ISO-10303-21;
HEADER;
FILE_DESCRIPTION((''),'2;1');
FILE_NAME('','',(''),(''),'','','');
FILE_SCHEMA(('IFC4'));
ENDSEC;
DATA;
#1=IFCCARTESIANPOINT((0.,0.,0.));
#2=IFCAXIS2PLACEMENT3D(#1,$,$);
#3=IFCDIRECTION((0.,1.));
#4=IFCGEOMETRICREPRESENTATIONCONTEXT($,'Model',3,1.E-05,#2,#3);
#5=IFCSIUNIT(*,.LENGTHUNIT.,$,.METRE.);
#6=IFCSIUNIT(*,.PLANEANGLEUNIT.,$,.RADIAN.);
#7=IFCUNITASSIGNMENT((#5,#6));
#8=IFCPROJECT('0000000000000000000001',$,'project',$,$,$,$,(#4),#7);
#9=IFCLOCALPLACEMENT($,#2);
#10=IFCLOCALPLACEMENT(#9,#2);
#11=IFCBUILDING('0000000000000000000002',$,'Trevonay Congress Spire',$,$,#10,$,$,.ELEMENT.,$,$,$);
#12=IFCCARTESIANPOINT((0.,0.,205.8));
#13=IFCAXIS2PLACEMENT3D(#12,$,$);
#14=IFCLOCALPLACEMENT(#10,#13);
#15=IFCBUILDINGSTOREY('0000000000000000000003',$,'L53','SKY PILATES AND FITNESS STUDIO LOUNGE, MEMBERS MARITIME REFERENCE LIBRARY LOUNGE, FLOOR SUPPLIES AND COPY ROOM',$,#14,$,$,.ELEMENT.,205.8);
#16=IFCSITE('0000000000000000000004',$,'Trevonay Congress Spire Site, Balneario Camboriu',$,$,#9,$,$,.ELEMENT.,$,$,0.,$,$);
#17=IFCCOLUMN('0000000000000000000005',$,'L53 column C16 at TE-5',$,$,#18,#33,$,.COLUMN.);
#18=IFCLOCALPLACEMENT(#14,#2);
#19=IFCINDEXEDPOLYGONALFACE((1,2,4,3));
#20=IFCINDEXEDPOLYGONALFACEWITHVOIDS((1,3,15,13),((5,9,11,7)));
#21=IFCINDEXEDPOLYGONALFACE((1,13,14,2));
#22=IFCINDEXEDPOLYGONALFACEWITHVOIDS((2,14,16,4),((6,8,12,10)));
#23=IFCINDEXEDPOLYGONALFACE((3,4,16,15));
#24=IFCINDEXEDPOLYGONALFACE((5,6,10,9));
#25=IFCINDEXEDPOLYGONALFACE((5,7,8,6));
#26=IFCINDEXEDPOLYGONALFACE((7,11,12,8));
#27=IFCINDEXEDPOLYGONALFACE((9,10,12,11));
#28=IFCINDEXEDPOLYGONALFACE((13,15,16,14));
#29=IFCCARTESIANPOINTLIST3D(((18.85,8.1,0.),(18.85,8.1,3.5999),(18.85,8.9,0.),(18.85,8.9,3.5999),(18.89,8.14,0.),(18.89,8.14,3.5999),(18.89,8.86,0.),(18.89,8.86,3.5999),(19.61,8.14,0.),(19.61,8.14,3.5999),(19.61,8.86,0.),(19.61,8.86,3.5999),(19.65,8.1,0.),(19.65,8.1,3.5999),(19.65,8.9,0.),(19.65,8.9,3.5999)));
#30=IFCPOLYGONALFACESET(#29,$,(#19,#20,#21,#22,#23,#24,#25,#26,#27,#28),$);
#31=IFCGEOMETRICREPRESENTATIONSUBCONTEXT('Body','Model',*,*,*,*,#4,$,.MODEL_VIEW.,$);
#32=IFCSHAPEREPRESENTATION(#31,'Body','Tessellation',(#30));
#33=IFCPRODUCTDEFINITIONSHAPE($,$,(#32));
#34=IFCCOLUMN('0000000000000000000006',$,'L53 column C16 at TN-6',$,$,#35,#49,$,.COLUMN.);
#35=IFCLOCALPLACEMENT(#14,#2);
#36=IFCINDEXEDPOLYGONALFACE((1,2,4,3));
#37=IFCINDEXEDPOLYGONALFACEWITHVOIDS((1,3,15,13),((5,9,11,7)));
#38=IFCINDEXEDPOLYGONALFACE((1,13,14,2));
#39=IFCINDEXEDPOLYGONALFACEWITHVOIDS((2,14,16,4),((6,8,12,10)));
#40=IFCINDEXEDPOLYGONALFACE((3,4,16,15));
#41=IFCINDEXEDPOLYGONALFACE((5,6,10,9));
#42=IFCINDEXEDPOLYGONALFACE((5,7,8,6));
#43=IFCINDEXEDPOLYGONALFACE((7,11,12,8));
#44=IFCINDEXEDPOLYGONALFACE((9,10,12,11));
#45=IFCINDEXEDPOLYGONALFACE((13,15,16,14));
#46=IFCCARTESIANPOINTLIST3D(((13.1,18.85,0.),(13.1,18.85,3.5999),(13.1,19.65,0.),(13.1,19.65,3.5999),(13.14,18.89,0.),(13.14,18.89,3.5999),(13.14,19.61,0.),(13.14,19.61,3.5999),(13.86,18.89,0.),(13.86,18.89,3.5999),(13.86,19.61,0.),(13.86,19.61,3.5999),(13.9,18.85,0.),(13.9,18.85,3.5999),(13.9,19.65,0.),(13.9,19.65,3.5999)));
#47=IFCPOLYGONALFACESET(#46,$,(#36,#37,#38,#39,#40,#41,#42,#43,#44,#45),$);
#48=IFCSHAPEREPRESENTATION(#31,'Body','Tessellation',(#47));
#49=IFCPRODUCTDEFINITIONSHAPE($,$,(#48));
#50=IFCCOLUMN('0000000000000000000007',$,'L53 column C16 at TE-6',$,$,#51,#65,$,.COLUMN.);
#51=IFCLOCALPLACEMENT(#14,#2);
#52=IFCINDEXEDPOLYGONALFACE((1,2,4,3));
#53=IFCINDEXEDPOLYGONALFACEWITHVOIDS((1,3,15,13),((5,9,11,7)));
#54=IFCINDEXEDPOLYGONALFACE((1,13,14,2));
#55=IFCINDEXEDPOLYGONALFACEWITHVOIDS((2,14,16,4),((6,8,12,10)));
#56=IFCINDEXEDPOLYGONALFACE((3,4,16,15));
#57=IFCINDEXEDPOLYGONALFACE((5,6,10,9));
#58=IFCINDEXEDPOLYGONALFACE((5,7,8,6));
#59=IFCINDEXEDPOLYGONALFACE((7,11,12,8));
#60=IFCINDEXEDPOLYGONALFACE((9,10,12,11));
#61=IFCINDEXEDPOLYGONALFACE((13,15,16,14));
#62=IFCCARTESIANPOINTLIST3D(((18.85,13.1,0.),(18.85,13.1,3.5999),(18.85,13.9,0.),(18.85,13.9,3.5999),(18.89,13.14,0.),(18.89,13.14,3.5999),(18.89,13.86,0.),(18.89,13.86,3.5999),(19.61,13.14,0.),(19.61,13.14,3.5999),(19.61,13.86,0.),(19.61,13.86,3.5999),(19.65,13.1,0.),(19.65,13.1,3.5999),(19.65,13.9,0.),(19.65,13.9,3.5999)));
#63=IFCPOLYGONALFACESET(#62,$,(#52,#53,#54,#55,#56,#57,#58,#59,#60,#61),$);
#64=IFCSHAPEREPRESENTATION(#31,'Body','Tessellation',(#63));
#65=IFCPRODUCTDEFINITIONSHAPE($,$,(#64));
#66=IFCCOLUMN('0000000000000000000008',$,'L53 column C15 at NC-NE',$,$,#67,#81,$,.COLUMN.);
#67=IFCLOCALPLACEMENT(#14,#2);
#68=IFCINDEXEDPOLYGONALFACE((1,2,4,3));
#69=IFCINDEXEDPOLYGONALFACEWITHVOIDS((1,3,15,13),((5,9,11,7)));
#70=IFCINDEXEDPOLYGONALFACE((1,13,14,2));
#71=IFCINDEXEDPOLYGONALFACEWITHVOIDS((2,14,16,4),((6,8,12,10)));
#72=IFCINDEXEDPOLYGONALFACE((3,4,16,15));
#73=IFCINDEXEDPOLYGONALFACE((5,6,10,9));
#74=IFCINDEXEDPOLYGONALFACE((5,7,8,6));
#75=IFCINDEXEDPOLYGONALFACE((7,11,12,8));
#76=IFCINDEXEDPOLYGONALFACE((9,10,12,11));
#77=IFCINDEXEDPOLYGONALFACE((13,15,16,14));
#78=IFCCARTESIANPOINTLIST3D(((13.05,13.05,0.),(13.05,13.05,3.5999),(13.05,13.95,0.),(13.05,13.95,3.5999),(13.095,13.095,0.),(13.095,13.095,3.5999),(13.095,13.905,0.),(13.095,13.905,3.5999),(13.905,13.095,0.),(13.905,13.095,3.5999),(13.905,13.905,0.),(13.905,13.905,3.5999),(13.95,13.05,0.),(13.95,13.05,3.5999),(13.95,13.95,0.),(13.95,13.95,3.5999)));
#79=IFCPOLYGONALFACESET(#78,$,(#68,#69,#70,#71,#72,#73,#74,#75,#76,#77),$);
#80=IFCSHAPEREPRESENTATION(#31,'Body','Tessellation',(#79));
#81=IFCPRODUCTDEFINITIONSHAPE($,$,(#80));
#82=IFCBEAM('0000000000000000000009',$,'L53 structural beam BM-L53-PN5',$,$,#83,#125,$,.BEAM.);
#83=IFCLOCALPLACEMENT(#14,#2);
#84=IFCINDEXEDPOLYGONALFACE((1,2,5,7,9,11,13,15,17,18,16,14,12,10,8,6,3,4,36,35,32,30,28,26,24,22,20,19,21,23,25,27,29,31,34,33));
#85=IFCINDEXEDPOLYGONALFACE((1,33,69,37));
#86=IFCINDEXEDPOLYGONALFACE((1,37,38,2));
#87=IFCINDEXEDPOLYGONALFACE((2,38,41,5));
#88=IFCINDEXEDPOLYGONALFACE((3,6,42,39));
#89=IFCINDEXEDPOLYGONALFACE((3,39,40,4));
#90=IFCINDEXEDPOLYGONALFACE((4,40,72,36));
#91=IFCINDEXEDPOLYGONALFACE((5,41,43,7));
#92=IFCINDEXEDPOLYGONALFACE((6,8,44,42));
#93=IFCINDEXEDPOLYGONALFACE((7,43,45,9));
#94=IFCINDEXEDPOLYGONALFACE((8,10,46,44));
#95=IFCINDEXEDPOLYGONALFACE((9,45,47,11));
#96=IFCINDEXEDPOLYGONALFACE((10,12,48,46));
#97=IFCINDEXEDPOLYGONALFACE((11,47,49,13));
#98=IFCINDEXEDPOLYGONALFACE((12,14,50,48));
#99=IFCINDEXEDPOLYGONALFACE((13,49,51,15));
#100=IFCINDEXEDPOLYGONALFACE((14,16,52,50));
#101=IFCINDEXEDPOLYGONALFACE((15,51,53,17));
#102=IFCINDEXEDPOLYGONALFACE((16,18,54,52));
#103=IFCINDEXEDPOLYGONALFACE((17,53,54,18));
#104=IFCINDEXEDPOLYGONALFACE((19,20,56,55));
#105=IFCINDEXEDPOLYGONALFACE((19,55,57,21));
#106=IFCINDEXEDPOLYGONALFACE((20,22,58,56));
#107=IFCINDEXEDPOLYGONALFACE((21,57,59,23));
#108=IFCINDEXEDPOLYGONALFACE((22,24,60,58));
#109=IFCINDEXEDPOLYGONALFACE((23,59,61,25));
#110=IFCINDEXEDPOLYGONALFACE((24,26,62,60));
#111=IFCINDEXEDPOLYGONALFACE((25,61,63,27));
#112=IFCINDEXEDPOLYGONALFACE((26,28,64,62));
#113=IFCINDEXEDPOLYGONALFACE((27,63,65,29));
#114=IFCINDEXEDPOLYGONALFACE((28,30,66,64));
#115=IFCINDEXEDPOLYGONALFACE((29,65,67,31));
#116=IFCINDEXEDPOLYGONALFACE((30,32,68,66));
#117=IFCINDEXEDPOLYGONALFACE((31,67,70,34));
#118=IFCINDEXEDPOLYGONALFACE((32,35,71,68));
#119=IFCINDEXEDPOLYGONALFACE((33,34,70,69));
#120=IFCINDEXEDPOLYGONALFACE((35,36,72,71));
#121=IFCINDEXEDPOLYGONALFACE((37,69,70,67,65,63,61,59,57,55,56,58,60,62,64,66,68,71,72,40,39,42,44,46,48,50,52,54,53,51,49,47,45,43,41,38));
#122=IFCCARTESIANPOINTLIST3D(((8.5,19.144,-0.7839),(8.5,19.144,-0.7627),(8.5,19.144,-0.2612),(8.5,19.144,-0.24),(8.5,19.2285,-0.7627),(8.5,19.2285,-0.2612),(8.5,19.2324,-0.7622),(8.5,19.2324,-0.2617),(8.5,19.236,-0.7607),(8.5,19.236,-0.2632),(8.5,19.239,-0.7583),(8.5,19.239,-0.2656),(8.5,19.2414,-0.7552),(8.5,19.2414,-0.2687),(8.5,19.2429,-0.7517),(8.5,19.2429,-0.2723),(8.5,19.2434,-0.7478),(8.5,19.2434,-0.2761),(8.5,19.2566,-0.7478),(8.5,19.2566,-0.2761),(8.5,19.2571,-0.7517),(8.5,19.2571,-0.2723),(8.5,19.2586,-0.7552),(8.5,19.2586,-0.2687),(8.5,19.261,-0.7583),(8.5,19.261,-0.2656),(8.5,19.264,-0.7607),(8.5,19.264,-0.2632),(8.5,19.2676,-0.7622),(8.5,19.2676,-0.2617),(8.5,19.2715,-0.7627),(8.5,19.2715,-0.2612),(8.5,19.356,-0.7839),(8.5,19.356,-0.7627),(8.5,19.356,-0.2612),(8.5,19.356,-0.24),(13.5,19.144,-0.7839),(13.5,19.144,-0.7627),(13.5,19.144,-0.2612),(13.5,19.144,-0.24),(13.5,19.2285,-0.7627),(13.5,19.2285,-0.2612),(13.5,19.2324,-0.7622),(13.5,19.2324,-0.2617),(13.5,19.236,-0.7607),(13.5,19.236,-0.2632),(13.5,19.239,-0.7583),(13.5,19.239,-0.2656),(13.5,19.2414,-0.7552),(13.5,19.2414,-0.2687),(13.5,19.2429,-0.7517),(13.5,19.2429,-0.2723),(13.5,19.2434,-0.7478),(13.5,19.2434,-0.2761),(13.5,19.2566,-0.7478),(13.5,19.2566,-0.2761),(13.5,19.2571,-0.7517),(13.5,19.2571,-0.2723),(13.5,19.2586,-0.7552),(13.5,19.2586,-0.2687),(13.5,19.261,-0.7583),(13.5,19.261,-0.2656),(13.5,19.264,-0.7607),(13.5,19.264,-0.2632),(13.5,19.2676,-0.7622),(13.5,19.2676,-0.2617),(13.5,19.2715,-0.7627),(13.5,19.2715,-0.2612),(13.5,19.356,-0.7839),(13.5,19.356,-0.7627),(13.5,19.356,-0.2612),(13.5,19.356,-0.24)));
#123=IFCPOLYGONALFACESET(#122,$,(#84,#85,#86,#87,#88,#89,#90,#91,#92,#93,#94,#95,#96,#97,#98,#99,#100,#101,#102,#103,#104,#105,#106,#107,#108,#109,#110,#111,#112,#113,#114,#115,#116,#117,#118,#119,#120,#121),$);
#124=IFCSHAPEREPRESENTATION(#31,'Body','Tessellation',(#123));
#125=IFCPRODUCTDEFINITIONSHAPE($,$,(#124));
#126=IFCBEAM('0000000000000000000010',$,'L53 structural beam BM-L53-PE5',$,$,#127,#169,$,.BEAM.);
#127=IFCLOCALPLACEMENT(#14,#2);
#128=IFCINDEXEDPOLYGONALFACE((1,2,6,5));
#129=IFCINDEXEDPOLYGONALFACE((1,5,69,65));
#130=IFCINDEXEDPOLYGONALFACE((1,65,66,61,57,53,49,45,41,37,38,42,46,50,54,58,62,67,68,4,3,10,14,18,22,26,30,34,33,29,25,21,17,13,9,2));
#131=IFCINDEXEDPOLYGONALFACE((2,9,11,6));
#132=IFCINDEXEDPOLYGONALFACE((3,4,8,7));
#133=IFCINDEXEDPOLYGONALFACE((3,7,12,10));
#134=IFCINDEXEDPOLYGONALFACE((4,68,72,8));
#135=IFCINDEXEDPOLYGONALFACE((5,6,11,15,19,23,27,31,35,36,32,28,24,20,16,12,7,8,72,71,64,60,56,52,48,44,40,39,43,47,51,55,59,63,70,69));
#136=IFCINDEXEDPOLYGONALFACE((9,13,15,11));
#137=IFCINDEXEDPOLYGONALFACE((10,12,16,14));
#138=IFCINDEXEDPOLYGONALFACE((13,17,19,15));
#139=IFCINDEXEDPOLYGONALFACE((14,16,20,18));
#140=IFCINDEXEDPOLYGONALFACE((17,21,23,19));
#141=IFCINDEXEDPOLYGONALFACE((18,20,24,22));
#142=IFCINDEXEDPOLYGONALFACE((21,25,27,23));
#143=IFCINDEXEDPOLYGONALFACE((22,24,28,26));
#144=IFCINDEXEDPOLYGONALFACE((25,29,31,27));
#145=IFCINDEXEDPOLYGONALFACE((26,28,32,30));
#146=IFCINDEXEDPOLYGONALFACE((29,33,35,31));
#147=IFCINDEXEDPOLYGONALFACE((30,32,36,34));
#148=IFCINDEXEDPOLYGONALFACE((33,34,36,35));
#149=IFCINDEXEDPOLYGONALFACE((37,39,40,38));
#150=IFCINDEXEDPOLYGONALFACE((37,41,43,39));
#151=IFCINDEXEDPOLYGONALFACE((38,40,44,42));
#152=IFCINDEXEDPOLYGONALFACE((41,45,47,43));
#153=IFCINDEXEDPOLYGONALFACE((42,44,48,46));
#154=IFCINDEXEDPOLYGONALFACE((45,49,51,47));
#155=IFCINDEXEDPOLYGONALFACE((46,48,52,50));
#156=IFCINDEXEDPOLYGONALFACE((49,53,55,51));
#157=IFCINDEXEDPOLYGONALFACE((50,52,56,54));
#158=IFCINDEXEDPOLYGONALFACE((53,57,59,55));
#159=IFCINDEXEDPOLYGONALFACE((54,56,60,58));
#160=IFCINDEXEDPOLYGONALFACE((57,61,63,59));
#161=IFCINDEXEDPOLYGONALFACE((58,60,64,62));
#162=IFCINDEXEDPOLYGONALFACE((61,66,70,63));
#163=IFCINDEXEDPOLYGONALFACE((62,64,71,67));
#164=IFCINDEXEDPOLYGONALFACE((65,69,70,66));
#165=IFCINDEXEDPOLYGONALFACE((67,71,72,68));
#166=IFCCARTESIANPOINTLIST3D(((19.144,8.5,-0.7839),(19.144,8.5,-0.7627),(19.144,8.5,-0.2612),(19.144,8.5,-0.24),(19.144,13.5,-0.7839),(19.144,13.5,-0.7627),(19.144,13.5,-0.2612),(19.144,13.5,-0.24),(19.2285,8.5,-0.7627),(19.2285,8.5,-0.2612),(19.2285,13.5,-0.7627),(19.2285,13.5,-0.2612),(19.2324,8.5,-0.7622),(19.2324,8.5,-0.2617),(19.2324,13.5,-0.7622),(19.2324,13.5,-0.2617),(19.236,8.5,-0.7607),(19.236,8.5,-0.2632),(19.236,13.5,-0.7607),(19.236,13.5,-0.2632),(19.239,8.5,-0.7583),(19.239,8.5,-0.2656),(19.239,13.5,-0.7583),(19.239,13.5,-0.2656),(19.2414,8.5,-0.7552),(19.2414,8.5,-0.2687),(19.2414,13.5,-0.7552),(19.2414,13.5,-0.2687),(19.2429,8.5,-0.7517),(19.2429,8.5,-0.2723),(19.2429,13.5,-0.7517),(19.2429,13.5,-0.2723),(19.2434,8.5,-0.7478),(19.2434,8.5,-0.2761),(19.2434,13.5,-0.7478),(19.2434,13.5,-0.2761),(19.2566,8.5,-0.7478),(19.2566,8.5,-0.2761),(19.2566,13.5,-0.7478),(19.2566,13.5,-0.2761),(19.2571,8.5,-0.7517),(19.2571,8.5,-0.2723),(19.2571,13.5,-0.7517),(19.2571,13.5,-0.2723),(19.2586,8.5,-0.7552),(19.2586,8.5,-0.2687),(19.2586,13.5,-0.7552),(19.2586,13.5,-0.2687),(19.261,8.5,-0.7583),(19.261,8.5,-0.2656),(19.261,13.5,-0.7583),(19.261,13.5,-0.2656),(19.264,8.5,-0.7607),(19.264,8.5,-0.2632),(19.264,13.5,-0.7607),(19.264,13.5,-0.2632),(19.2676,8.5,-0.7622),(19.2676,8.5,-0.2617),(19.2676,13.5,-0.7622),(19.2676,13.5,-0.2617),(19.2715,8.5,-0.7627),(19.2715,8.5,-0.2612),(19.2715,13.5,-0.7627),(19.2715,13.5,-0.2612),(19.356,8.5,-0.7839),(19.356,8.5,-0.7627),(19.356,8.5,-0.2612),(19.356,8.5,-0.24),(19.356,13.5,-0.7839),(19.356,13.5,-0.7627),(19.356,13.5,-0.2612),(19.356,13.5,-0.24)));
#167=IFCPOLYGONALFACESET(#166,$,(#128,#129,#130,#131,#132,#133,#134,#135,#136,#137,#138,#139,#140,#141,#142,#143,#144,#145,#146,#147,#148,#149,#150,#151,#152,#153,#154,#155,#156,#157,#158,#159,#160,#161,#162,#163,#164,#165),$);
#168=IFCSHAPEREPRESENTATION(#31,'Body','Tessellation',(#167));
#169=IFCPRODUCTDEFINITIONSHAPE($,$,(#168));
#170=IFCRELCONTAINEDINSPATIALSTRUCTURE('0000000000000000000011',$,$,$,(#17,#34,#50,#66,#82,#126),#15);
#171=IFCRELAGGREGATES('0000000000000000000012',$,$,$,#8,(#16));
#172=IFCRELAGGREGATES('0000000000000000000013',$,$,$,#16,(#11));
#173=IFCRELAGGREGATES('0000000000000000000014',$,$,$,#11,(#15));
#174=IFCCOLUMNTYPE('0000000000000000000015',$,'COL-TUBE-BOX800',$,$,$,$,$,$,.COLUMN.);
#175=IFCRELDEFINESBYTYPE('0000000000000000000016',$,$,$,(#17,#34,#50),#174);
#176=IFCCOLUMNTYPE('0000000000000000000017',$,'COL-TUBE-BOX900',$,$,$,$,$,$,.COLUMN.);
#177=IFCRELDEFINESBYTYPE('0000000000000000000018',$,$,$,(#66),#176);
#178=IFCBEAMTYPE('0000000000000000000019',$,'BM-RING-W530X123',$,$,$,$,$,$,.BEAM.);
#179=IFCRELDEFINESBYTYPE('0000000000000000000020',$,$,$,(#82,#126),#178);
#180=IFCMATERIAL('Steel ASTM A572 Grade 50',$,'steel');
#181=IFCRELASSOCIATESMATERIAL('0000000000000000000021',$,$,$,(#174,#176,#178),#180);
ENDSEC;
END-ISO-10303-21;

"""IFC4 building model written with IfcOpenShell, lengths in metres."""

from ifc_helpers import new_model, si_unit, direction, frame, origin, origin_2d, place, context, subcontext, project, spatial, hollow_rectangle, i_section, extrude, material, material_profile, profile_set, type_object, element, save


model = new_model("IFC4")

# Units and contexts
model_context = context("Model", 3, precision=1e-05, world=origin(), true_north=direction((0.0, 1.0)))
body_context = subcontext(model_context, "Body", "Model", "MODEL_VIEW")
ifc_project = project(units=[si_unit("LENGTHUNIT", "METRE"), si_unit("PLANEANGLEUNIT", "RADIAN")], contexts=[model_context])

# Site, building, storey
site_placement = place(None, origin())
site = spatial("IfcSite", under=ifc_project, at=site_placement, Name="Trevonay Congress Spire Site, Balneario Camboriu", CompositionType="ELEMENT", RefElevation=0.0)
building_placement = place(site_placement, origin())
building = spatial("IfcBuilding", under=site, at=building_placement, Name="Trevonay Congress Spire", CompositionType="ELEMENT")
storey_placement = place(building_placement, frame((0.0, 0.0, 205.8)))
storey = spatial("IfcBuildingStorey", under=building, at=storey_placement, Name="L53", Description="SKY PILATES AND FITNESS STUDIO LOUNGE, MEMBERS MARITIME REFERENCE LIBRARY LOUNGE, FLOOR SUPPLIES AND COPY ROOM", CompositionType="ELEMENT", Elevation=205.8)

# Columns
ifc_material_1 = material(Name="Steel ASTM A572 Grade 50", Category="steel")
ifc_material_profile_1 = material_profile(ifc_material_1, hollow_rectangle(XDim=0.8, YDim=0.8, WallThickness=0.04, at=origin_2d()), Name="BOX 800x800x40")
ifc_profile_set_1 = profile_set([ifc_material_profile_1], Name="Steel ASTM A572 Grade 50")
column_type_1 = type_object("IfcColumnType", Name="COL-TUBE-BOX800", PredefinedType="COLUMN", material=ifc_profile_set_1)
for number, where, z_axis, x_axis, name in (
    (1, (19.25, 8.5, 0.0), (0.0, 0.0, 1.0), (1.0, 0.0, 0.0), "L53 column C16 at TE-5"),
    (2, (13.5, 19.25, 0.0), (0.0, 0.0, 1.0), (1.0, 0.0, 0.0), "L53 column C16 at TN-6"),
    (3, (19.25, 13.5, 0.0), (0.0, 0.0, 1.0), (1.0, 0.0, 0.0), "L53 column C16 at TE-6"),
):
    element("IfcColumn", number, at=place(storey_placement, frame(where, z_axis=z_axis, x_axis=x_axis)), inside=storey, type_object=column_type_1, Name=name, PredefinedType="COLUMN", context=body_context, shape_type="SweptSolid", body=[
        extrude(hollow_rectangle(XDim=0.8, YDim=0.8, WallThickness=0.04, at=origin_2d()), origin(), (0.0, 0.0, 1.0), 3.5999),
    ])
ifc_material_profile_2 = material_profile(ifc_material_1, hollow_rectangle(XDim=0.8999, YDim=0.8999, WallThickness=0.0449, at=origin_2d()), Name="BOX 900x900x45")
ifc_profile_set_2 = profile_set([ifc_material_profile_2], Name="Steel ASTM A572 Grade 50")
column_type_2 = type_object("IfcColumnType", Name="COL-TUBE-BOX900", PredefinedType="COLUMN", material=ifc_profile_set_2)
column_placement = place(storey_placement, frame((13.5, 13.5, 0.0), z_axis=(0.0, 0.0, 1.0), x_axis=(1.0, 0.0, 0.0)))
element("IfcColumn", 4, at=column_placement, inside=storey, type_object=column_type_2, Name="L53 column C15 at NC-NE", PredefinedType="COLUMN", context=body_context, shape_type="SweptSolid", body=[
    extrude(hollow_rectangle(XDim=0.8999, YDim=0.8999, WallThickness=0.0449, at=origin_2d()), origin(), (0.0, 0.0, 1.0), 3.5999),
])

# Beams
ifc_material_profile_3 = material_profile(ifc_material_1, i_section(OverallWidth=0.2119, OverallDepth=0.5439, WebThickness=0.0132, FlangeThickness=0.0212, FilletRadius=0.0149, at=origin_2d()), Name="W530x123")
ifc_profile_set_3 = profile_set([ifc_material_profile_3], Name="Steel ASTM A572 Grade 50")
beam_type = type_object("IfcBeamType", Name="BM-RING-W530X123", PredefinedType="BEAM", material=ifc_profile_set_3)
for number, where, z_axis, x_axis, name in (
    (5, (8.5, 19.25, -0.512), (1.0, 0.0, 0.0), (0.0, 1.0, 0.0), "L53 structural beam BM-L53-PN5"),
    (6, (19.25, 8.5, -0.512), (0.0, 1.0, 0.0), (-1.0, 0.0, 0.0), "L53 structural beam BM-L53-PE5"),
):
    element("IfcBeam", number, at=place(storey_placement, frame(where, z_axis=z_axis, x_axis=x_axis)), inside=storey, type_object=beam_type, Name=name, PredefinedType="BEAM", context=body_context, shape_type="SweptSolid", body=[
        extrude(i_section(OverallWidth=0.2119, OverallDepth=0.5439, WebThickness=0.0132, FlangeThickness=0.0212, FilletRadius=0.0149, at=origin_2d()), origin(), (0.0, 0.0, 1.0), 5.0),
    ])

save(model, "model.ifc")
